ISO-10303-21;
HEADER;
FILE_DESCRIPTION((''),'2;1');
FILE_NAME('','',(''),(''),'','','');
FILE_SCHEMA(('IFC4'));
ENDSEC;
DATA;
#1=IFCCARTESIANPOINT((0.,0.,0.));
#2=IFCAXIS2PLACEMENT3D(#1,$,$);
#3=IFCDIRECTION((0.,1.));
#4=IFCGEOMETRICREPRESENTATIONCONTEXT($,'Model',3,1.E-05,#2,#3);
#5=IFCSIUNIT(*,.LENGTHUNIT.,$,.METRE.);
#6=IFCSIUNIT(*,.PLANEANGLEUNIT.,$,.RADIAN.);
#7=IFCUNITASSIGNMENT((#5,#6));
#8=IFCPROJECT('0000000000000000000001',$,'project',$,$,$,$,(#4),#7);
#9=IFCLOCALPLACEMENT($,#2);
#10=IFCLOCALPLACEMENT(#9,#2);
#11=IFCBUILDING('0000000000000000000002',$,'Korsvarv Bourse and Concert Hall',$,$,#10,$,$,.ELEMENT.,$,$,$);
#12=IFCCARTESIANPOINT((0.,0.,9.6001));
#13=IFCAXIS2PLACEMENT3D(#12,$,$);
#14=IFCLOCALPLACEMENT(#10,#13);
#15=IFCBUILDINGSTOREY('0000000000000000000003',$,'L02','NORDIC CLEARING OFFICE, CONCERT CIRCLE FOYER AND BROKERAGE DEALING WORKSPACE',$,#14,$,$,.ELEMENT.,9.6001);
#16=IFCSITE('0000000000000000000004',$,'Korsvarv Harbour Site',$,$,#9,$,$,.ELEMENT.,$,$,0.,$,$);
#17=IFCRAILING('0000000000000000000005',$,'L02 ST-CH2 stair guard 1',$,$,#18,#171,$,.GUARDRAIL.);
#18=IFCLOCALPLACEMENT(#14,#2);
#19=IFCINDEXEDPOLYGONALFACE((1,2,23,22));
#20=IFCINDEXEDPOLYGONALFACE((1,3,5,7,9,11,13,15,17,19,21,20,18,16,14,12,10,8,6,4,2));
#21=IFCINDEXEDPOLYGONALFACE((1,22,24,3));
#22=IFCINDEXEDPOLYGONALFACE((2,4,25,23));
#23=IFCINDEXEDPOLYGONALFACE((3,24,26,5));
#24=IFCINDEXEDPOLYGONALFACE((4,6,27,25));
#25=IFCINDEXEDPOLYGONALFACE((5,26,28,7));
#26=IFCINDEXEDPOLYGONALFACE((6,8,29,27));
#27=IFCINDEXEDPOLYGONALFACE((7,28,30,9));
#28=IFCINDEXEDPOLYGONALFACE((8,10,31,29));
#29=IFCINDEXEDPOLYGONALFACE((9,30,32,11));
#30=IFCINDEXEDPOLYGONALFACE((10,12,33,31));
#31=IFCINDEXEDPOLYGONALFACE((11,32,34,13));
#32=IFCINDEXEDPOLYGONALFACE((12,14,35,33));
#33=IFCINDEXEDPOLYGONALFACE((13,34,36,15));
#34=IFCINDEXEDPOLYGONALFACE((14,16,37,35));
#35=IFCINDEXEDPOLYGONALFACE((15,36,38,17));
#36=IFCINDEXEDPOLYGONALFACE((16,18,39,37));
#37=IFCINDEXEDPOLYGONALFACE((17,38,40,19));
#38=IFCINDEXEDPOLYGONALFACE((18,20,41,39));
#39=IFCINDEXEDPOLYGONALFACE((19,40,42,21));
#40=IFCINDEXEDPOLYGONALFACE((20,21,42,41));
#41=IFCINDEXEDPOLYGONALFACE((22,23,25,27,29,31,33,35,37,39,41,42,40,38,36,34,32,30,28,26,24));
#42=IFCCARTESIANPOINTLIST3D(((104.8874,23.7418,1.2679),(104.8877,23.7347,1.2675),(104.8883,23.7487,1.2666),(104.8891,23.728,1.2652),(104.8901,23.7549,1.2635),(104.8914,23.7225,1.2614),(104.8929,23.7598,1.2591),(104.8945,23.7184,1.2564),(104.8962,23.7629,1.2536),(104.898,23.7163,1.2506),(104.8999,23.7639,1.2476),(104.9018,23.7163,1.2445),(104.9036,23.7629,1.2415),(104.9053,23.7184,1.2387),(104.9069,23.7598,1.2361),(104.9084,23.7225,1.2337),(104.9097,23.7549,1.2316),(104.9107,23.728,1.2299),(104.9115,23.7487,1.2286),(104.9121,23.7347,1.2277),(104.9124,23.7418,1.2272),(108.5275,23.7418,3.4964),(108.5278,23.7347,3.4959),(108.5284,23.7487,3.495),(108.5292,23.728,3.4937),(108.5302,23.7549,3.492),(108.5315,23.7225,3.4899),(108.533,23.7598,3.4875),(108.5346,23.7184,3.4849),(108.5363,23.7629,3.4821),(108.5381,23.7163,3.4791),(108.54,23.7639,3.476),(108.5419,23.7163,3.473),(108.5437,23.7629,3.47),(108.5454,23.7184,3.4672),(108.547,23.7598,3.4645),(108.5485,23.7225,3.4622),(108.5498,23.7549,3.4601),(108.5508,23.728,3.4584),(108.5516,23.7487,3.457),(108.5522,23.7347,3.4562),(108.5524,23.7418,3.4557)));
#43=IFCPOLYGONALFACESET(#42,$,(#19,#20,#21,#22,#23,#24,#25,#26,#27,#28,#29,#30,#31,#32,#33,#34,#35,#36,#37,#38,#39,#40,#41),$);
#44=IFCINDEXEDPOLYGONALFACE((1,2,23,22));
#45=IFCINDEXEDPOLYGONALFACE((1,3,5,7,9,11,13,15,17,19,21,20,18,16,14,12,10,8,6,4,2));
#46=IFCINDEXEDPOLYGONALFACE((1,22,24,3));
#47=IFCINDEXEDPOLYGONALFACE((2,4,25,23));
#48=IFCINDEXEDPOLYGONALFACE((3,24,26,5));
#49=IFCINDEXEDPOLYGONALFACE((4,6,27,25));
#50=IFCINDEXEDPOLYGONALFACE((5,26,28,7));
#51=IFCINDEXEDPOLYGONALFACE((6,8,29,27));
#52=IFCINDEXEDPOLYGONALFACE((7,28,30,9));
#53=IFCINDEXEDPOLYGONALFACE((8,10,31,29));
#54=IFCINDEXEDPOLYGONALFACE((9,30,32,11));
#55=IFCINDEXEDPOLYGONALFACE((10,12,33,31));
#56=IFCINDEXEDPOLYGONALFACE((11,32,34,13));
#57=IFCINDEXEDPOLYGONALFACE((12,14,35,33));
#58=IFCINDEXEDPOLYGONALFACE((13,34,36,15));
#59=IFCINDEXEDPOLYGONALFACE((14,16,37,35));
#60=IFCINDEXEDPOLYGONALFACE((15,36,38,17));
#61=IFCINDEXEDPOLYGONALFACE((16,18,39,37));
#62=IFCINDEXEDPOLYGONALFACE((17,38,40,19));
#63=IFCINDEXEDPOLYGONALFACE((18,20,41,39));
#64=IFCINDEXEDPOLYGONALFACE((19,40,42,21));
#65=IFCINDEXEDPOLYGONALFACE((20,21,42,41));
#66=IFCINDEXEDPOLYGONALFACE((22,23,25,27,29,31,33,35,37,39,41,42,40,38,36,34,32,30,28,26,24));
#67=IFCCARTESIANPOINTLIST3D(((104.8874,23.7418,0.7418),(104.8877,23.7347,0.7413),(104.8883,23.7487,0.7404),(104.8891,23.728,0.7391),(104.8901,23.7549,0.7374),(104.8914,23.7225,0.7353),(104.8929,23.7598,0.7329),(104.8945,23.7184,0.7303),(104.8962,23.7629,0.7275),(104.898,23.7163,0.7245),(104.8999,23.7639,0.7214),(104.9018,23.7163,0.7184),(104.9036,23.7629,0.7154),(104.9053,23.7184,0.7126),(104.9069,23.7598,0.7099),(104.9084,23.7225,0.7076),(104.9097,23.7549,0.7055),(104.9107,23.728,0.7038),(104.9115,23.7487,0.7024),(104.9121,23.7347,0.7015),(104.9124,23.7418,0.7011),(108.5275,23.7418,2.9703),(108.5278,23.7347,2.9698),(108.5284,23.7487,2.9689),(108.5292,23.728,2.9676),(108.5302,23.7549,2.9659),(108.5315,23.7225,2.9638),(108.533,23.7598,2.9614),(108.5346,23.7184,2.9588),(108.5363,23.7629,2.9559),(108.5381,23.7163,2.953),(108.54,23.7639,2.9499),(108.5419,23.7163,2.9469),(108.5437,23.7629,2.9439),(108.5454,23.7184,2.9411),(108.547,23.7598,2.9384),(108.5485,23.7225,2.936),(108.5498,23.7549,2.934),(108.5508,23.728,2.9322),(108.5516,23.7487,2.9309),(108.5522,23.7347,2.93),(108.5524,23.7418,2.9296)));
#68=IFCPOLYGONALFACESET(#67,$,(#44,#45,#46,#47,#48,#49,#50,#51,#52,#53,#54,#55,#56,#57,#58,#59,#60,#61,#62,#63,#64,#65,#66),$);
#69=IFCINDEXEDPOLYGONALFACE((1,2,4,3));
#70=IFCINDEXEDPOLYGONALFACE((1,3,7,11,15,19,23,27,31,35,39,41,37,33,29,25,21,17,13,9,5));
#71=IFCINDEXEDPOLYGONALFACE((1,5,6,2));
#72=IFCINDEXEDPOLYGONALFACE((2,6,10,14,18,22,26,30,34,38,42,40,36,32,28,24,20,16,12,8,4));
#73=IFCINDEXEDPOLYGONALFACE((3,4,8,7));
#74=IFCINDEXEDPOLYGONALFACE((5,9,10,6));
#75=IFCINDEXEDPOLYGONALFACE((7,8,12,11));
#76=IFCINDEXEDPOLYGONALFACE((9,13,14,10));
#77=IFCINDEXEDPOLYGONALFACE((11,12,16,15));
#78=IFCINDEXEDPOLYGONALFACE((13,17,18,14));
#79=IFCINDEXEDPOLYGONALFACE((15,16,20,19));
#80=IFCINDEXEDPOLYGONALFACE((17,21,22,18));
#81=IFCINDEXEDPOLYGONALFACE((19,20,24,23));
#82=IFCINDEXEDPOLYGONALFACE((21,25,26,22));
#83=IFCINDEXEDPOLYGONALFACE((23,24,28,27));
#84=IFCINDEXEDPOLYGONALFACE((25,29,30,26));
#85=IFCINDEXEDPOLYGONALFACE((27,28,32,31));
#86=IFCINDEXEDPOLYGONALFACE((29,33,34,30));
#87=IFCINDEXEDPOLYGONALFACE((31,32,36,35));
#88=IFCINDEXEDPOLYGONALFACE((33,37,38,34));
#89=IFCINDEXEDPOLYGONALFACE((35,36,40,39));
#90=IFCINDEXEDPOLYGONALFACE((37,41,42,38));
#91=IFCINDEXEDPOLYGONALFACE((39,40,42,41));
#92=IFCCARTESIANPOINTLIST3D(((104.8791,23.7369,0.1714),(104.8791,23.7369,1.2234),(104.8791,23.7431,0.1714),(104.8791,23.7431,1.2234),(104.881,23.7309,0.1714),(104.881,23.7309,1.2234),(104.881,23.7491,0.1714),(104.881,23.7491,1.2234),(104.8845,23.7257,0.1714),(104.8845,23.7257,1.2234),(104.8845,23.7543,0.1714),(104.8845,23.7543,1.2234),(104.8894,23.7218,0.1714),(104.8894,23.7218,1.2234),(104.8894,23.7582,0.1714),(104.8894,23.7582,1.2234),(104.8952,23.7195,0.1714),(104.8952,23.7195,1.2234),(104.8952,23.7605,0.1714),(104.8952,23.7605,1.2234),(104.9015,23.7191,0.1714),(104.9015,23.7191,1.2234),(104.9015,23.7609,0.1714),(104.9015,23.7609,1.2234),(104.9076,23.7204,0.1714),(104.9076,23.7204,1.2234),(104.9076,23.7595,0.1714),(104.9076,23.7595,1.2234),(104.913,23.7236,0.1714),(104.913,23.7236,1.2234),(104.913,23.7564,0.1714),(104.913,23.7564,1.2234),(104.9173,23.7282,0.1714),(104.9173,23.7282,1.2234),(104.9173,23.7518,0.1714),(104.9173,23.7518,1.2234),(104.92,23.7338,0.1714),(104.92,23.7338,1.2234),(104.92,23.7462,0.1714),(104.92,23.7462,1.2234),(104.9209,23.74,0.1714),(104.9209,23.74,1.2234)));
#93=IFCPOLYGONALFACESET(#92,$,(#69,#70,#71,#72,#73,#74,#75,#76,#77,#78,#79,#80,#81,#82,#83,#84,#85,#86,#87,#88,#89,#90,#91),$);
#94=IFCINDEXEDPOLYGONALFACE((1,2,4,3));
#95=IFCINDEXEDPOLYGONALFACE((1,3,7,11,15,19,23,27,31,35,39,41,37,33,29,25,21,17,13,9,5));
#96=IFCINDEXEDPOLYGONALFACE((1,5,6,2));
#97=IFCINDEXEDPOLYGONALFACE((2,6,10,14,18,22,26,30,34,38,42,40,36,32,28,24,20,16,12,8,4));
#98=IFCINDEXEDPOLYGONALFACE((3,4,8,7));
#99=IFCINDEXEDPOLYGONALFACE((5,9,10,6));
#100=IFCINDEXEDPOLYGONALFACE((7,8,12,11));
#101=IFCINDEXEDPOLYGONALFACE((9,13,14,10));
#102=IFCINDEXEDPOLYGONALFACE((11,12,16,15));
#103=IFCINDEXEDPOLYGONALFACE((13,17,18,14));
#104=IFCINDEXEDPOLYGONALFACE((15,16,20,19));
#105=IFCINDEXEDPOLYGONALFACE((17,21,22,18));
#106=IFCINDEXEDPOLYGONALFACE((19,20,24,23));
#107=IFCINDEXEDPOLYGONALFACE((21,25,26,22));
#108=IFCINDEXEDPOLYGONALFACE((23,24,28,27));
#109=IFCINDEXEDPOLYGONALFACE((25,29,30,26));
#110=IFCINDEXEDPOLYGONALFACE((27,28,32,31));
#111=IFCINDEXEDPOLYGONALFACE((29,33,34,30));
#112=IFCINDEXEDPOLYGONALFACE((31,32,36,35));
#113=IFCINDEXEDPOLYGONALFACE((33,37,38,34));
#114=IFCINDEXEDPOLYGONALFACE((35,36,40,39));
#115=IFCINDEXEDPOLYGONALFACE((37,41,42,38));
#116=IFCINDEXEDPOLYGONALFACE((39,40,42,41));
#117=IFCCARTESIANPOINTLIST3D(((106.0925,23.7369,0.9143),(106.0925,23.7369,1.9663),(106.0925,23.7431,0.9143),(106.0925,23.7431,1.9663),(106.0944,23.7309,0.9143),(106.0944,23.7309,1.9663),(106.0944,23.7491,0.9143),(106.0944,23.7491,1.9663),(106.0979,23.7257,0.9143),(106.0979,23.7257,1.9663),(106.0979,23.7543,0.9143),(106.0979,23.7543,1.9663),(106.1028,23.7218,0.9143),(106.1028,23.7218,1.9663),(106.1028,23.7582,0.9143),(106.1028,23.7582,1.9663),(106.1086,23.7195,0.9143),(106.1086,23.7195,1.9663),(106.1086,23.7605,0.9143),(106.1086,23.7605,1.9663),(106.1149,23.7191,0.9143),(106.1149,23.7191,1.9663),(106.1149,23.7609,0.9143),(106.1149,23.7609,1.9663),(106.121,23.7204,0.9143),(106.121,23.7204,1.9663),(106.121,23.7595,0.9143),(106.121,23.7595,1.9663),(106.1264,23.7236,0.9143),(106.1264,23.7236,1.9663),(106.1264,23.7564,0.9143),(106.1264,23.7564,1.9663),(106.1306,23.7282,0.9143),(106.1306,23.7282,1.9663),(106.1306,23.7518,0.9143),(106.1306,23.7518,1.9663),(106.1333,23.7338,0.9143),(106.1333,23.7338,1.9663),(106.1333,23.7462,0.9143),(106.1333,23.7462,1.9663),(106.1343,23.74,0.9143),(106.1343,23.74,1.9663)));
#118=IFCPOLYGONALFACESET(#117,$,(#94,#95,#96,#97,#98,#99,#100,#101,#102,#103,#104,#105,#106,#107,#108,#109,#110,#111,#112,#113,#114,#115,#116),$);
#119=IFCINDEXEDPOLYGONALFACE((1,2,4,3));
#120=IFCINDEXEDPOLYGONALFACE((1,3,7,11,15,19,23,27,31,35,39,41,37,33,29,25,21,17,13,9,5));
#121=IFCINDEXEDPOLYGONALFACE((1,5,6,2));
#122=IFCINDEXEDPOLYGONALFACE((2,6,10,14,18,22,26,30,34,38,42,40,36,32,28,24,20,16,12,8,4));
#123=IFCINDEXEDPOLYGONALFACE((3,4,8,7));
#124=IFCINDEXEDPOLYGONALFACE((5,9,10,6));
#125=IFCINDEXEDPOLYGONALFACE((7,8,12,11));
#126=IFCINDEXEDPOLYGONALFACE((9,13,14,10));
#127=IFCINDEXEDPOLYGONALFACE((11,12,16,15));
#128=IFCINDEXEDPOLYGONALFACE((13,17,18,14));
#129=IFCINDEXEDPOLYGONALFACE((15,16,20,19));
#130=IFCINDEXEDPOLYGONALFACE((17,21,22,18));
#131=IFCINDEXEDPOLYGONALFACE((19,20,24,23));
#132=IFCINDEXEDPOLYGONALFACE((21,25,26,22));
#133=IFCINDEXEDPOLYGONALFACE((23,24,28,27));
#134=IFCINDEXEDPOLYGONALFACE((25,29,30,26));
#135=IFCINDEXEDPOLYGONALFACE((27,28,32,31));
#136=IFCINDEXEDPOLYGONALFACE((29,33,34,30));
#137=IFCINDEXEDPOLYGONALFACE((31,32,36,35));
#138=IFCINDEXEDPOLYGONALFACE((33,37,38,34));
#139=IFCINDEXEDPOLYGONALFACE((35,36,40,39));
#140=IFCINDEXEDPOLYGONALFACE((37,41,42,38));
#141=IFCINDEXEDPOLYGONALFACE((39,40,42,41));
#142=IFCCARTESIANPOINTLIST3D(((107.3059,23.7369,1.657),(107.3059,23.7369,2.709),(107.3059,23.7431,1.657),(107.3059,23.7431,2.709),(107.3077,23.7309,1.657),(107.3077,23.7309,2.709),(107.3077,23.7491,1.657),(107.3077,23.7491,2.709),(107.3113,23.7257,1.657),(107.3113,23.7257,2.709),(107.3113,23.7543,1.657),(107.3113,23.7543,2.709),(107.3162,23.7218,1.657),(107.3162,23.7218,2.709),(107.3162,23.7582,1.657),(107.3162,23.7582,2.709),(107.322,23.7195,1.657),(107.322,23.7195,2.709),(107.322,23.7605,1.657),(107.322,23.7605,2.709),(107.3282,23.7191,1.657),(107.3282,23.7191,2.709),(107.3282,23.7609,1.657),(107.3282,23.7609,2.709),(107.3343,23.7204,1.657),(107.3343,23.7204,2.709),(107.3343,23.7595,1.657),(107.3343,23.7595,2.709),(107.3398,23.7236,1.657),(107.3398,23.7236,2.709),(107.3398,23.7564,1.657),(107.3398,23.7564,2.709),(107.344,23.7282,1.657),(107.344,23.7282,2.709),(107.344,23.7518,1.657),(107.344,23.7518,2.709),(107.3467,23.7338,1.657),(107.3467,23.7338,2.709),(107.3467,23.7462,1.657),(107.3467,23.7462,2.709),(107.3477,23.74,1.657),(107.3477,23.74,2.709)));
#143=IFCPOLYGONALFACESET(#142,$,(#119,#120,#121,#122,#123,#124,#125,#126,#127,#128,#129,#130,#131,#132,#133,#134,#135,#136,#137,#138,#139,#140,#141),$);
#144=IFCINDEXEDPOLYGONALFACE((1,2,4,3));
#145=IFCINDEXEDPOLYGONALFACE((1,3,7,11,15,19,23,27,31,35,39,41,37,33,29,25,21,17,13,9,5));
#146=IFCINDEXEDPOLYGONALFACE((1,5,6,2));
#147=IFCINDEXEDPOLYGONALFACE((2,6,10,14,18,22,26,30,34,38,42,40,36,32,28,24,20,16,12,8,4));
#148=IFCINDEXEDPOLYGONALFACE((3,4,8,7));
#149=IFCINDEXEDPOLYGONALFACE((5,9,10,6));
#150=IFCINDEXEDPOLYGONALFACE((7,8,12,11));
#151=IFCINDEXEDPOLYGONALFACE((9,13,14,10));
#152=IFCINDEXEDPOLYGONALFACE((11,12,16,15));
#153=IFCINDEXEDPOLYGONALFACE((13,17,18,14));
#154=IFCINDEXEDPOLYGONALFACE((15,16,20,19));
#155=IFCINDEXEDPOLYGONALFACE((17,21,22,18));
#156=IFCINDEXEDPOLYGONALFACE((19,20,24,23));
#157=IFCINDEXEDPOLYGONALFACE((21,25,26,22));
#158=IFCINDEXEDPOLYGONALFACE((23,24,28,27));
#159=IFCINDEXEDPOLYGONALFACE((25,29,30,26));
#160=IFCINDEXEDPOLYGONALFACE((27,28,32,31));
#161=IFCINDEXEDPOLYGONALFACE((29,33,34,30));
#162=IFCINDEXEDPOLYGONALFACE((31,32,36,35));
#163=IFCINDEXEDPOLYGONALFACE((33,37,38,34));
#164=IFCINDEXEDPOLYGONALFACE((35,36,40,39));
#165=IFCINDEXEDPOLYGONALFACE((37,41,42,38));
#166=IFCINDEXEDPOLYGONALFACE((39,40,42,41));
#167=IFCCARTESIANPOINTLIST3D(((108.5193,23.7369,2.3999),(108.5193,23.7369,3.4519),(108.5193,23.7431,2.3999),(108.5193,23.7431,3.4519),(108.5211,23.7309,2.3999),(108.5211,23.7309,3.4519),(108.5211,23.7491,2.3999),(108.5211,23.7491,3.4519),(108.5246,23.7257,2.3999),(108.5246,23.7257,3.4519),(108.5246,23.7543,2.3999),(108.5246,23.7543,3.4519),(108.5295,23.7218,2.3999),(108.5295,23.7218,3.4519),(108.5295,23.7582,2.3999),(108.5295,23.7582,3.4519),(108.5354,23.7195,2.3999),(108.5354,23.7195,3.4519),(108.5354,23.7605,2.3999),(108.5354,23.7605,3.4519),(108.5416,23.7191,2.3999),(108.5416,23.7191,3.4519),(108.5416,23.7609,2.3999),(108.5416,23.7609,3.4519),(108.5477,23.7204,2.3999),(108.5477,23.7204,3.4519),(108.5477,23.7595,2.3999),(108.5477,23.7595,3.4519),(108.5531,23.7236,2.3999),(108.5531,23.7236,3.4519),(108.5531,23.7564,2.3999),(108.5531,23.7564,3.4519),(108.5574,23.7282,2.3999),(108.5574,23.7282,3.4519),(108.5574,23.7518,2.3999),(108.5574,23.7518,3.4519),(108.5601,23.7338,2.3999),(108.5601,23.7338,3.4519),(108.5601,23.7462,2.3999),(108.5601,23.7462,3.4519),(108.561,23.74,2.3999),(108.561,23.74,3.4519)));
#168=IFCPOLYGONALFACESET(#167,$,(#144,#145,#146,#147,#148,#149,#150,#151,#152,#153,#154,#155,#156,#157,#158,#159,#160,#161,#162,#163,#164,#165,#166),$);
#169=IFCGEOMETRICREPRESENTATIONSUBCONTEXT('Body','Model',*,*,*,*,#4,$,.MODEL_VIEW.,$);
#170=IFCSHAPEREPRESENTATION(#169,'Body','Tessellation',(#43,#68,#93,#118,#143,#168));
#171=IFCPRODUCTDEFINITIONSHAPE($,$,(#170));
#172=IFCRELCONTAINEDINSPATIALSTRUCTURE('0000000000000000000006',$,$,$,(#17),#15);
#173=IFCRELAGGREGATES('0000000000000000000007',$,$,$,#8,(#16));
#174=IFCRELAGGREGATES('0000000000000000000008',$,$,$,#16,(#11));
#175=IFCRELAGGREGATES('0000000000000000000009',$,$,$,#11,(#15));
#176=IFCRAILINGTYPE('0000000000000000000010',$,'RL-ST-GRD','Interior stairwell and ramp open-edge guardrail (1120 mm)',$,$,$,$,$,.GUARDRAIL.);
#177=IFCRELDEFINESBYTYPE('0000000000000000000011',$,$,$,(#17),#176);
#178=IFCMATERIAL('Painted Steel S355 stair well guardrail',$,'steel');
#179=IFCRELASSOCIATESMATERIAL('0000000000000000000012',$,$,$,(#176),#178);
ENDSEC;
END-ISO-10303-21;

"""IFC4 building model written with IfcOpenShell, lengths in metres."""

from ifc_helpers import new_model, si_unit, direction, frame, origin, origin_2d, place, context, subcontext, project, spatial, circle, extrude, material, type_object, element, save


model = new_model("IFC4")

# Units and contexts
model_context = context("Model", 3, precision=1e-05, world=origin(), true_north=direction((0.0, 1.0)))
body_context = subcontext(model_context, "Body", "Model", "MODEL_VIEW")
ifc_project = project(units=[si_unit("LENGTHUNIT", "METRE"), si_unit("PLANEANGLEUNIT", "RADIAN")], contexts=[model_context])

# Site, building, storey
site_placement = place(None, origin())
site = spatial("IfcSite", under=ifc_project, at=site_placement, Name="Korsvarv Harbour Site", CompositionType="ELEMENT", RefElevation=0.0)
building_placement = place(site_placement, origin())
building = spatial("IfcBuilding", under=site, at=building_placement, Name="Korsvarv Bourse and Concert Hall", CompositionType="ELEMENT")
storey_placement = place(building_placement, frame((0.0, 0.0, 9.6001)))
storey = spatial("IfcBuildingStorey", under=building, at=storey_placement, Name="L02", Description="NORDIC CLEARING OFFICE, CONCERT CIRCLE FOYER AND BROKERAGE DEALING WORKSPACE", CompositionType="ELEMENT", Elevation=9.6001)

# Railing
ifc_material_1 = material(Name="Painted Steel S355 stair well guardrail", Category="steel")
railing_type_1 = type_object("IfcRailingType", Name="RL-ST-GRD", Description="Interior stairwell and ramp open-edge guardrail (1120 mm)", PredefinedType="GUARDRAIL", material=ifc_material_1)
railing_1_placement = place(storey_placement, frame((104.8999, 23.74, 0.1714)))
element("IfcRailing", 1, at=railing_1_placement, inside=storey, type_object=railing_type_1, Name="L02 ST-CH2 stair guard 1", PredefinedType="GUARDRAIL", context=body_context, shape_type="SweptSolid", body=[
    extrude(circle(Radius=0.0239, at=origin_2d()), frame((0.0, 0.0, 1.0762), z_axis=(0.852866, 0.0, 0.52213), x_axis=(0.0, 1.0, 0.0)), (0.0, 0.0, 1.0), 4.2681),
    extrude(circle(Radius=0.0239, at=origin_2d()), frame((0.0, 0.0, 0.55), z_axis=(0.852866, 0.0, 0.52213), x_axis=(0.0, 1.0, 0.0)), (0.0, 0.0, 1.0), 4.2681),
    extrude(circle(Radius=0.021, at=origin_2d()), origin(), (0.0, 0.0, 1.0), 1.052),
    extrude(circle(Radius=0.021, at=origin_2d()), frame((1.2134, 0.0, 0.7429)), (0.0, 0.0, 1.0), 1.052),
    extrude(circle(Radius=0.021, at=origin_2d()), frame((2.4268, 0.0, 1.4856)), (0.0, 0.0, 1.0), 1.052),
    extrude(circle(Radius=0.021, at=origin_2d()), frame((3.6401, 0.0, 2.2285)), (0.0, 0.0, 1.0), 1.052),
])

save(model, "model.ifc")
